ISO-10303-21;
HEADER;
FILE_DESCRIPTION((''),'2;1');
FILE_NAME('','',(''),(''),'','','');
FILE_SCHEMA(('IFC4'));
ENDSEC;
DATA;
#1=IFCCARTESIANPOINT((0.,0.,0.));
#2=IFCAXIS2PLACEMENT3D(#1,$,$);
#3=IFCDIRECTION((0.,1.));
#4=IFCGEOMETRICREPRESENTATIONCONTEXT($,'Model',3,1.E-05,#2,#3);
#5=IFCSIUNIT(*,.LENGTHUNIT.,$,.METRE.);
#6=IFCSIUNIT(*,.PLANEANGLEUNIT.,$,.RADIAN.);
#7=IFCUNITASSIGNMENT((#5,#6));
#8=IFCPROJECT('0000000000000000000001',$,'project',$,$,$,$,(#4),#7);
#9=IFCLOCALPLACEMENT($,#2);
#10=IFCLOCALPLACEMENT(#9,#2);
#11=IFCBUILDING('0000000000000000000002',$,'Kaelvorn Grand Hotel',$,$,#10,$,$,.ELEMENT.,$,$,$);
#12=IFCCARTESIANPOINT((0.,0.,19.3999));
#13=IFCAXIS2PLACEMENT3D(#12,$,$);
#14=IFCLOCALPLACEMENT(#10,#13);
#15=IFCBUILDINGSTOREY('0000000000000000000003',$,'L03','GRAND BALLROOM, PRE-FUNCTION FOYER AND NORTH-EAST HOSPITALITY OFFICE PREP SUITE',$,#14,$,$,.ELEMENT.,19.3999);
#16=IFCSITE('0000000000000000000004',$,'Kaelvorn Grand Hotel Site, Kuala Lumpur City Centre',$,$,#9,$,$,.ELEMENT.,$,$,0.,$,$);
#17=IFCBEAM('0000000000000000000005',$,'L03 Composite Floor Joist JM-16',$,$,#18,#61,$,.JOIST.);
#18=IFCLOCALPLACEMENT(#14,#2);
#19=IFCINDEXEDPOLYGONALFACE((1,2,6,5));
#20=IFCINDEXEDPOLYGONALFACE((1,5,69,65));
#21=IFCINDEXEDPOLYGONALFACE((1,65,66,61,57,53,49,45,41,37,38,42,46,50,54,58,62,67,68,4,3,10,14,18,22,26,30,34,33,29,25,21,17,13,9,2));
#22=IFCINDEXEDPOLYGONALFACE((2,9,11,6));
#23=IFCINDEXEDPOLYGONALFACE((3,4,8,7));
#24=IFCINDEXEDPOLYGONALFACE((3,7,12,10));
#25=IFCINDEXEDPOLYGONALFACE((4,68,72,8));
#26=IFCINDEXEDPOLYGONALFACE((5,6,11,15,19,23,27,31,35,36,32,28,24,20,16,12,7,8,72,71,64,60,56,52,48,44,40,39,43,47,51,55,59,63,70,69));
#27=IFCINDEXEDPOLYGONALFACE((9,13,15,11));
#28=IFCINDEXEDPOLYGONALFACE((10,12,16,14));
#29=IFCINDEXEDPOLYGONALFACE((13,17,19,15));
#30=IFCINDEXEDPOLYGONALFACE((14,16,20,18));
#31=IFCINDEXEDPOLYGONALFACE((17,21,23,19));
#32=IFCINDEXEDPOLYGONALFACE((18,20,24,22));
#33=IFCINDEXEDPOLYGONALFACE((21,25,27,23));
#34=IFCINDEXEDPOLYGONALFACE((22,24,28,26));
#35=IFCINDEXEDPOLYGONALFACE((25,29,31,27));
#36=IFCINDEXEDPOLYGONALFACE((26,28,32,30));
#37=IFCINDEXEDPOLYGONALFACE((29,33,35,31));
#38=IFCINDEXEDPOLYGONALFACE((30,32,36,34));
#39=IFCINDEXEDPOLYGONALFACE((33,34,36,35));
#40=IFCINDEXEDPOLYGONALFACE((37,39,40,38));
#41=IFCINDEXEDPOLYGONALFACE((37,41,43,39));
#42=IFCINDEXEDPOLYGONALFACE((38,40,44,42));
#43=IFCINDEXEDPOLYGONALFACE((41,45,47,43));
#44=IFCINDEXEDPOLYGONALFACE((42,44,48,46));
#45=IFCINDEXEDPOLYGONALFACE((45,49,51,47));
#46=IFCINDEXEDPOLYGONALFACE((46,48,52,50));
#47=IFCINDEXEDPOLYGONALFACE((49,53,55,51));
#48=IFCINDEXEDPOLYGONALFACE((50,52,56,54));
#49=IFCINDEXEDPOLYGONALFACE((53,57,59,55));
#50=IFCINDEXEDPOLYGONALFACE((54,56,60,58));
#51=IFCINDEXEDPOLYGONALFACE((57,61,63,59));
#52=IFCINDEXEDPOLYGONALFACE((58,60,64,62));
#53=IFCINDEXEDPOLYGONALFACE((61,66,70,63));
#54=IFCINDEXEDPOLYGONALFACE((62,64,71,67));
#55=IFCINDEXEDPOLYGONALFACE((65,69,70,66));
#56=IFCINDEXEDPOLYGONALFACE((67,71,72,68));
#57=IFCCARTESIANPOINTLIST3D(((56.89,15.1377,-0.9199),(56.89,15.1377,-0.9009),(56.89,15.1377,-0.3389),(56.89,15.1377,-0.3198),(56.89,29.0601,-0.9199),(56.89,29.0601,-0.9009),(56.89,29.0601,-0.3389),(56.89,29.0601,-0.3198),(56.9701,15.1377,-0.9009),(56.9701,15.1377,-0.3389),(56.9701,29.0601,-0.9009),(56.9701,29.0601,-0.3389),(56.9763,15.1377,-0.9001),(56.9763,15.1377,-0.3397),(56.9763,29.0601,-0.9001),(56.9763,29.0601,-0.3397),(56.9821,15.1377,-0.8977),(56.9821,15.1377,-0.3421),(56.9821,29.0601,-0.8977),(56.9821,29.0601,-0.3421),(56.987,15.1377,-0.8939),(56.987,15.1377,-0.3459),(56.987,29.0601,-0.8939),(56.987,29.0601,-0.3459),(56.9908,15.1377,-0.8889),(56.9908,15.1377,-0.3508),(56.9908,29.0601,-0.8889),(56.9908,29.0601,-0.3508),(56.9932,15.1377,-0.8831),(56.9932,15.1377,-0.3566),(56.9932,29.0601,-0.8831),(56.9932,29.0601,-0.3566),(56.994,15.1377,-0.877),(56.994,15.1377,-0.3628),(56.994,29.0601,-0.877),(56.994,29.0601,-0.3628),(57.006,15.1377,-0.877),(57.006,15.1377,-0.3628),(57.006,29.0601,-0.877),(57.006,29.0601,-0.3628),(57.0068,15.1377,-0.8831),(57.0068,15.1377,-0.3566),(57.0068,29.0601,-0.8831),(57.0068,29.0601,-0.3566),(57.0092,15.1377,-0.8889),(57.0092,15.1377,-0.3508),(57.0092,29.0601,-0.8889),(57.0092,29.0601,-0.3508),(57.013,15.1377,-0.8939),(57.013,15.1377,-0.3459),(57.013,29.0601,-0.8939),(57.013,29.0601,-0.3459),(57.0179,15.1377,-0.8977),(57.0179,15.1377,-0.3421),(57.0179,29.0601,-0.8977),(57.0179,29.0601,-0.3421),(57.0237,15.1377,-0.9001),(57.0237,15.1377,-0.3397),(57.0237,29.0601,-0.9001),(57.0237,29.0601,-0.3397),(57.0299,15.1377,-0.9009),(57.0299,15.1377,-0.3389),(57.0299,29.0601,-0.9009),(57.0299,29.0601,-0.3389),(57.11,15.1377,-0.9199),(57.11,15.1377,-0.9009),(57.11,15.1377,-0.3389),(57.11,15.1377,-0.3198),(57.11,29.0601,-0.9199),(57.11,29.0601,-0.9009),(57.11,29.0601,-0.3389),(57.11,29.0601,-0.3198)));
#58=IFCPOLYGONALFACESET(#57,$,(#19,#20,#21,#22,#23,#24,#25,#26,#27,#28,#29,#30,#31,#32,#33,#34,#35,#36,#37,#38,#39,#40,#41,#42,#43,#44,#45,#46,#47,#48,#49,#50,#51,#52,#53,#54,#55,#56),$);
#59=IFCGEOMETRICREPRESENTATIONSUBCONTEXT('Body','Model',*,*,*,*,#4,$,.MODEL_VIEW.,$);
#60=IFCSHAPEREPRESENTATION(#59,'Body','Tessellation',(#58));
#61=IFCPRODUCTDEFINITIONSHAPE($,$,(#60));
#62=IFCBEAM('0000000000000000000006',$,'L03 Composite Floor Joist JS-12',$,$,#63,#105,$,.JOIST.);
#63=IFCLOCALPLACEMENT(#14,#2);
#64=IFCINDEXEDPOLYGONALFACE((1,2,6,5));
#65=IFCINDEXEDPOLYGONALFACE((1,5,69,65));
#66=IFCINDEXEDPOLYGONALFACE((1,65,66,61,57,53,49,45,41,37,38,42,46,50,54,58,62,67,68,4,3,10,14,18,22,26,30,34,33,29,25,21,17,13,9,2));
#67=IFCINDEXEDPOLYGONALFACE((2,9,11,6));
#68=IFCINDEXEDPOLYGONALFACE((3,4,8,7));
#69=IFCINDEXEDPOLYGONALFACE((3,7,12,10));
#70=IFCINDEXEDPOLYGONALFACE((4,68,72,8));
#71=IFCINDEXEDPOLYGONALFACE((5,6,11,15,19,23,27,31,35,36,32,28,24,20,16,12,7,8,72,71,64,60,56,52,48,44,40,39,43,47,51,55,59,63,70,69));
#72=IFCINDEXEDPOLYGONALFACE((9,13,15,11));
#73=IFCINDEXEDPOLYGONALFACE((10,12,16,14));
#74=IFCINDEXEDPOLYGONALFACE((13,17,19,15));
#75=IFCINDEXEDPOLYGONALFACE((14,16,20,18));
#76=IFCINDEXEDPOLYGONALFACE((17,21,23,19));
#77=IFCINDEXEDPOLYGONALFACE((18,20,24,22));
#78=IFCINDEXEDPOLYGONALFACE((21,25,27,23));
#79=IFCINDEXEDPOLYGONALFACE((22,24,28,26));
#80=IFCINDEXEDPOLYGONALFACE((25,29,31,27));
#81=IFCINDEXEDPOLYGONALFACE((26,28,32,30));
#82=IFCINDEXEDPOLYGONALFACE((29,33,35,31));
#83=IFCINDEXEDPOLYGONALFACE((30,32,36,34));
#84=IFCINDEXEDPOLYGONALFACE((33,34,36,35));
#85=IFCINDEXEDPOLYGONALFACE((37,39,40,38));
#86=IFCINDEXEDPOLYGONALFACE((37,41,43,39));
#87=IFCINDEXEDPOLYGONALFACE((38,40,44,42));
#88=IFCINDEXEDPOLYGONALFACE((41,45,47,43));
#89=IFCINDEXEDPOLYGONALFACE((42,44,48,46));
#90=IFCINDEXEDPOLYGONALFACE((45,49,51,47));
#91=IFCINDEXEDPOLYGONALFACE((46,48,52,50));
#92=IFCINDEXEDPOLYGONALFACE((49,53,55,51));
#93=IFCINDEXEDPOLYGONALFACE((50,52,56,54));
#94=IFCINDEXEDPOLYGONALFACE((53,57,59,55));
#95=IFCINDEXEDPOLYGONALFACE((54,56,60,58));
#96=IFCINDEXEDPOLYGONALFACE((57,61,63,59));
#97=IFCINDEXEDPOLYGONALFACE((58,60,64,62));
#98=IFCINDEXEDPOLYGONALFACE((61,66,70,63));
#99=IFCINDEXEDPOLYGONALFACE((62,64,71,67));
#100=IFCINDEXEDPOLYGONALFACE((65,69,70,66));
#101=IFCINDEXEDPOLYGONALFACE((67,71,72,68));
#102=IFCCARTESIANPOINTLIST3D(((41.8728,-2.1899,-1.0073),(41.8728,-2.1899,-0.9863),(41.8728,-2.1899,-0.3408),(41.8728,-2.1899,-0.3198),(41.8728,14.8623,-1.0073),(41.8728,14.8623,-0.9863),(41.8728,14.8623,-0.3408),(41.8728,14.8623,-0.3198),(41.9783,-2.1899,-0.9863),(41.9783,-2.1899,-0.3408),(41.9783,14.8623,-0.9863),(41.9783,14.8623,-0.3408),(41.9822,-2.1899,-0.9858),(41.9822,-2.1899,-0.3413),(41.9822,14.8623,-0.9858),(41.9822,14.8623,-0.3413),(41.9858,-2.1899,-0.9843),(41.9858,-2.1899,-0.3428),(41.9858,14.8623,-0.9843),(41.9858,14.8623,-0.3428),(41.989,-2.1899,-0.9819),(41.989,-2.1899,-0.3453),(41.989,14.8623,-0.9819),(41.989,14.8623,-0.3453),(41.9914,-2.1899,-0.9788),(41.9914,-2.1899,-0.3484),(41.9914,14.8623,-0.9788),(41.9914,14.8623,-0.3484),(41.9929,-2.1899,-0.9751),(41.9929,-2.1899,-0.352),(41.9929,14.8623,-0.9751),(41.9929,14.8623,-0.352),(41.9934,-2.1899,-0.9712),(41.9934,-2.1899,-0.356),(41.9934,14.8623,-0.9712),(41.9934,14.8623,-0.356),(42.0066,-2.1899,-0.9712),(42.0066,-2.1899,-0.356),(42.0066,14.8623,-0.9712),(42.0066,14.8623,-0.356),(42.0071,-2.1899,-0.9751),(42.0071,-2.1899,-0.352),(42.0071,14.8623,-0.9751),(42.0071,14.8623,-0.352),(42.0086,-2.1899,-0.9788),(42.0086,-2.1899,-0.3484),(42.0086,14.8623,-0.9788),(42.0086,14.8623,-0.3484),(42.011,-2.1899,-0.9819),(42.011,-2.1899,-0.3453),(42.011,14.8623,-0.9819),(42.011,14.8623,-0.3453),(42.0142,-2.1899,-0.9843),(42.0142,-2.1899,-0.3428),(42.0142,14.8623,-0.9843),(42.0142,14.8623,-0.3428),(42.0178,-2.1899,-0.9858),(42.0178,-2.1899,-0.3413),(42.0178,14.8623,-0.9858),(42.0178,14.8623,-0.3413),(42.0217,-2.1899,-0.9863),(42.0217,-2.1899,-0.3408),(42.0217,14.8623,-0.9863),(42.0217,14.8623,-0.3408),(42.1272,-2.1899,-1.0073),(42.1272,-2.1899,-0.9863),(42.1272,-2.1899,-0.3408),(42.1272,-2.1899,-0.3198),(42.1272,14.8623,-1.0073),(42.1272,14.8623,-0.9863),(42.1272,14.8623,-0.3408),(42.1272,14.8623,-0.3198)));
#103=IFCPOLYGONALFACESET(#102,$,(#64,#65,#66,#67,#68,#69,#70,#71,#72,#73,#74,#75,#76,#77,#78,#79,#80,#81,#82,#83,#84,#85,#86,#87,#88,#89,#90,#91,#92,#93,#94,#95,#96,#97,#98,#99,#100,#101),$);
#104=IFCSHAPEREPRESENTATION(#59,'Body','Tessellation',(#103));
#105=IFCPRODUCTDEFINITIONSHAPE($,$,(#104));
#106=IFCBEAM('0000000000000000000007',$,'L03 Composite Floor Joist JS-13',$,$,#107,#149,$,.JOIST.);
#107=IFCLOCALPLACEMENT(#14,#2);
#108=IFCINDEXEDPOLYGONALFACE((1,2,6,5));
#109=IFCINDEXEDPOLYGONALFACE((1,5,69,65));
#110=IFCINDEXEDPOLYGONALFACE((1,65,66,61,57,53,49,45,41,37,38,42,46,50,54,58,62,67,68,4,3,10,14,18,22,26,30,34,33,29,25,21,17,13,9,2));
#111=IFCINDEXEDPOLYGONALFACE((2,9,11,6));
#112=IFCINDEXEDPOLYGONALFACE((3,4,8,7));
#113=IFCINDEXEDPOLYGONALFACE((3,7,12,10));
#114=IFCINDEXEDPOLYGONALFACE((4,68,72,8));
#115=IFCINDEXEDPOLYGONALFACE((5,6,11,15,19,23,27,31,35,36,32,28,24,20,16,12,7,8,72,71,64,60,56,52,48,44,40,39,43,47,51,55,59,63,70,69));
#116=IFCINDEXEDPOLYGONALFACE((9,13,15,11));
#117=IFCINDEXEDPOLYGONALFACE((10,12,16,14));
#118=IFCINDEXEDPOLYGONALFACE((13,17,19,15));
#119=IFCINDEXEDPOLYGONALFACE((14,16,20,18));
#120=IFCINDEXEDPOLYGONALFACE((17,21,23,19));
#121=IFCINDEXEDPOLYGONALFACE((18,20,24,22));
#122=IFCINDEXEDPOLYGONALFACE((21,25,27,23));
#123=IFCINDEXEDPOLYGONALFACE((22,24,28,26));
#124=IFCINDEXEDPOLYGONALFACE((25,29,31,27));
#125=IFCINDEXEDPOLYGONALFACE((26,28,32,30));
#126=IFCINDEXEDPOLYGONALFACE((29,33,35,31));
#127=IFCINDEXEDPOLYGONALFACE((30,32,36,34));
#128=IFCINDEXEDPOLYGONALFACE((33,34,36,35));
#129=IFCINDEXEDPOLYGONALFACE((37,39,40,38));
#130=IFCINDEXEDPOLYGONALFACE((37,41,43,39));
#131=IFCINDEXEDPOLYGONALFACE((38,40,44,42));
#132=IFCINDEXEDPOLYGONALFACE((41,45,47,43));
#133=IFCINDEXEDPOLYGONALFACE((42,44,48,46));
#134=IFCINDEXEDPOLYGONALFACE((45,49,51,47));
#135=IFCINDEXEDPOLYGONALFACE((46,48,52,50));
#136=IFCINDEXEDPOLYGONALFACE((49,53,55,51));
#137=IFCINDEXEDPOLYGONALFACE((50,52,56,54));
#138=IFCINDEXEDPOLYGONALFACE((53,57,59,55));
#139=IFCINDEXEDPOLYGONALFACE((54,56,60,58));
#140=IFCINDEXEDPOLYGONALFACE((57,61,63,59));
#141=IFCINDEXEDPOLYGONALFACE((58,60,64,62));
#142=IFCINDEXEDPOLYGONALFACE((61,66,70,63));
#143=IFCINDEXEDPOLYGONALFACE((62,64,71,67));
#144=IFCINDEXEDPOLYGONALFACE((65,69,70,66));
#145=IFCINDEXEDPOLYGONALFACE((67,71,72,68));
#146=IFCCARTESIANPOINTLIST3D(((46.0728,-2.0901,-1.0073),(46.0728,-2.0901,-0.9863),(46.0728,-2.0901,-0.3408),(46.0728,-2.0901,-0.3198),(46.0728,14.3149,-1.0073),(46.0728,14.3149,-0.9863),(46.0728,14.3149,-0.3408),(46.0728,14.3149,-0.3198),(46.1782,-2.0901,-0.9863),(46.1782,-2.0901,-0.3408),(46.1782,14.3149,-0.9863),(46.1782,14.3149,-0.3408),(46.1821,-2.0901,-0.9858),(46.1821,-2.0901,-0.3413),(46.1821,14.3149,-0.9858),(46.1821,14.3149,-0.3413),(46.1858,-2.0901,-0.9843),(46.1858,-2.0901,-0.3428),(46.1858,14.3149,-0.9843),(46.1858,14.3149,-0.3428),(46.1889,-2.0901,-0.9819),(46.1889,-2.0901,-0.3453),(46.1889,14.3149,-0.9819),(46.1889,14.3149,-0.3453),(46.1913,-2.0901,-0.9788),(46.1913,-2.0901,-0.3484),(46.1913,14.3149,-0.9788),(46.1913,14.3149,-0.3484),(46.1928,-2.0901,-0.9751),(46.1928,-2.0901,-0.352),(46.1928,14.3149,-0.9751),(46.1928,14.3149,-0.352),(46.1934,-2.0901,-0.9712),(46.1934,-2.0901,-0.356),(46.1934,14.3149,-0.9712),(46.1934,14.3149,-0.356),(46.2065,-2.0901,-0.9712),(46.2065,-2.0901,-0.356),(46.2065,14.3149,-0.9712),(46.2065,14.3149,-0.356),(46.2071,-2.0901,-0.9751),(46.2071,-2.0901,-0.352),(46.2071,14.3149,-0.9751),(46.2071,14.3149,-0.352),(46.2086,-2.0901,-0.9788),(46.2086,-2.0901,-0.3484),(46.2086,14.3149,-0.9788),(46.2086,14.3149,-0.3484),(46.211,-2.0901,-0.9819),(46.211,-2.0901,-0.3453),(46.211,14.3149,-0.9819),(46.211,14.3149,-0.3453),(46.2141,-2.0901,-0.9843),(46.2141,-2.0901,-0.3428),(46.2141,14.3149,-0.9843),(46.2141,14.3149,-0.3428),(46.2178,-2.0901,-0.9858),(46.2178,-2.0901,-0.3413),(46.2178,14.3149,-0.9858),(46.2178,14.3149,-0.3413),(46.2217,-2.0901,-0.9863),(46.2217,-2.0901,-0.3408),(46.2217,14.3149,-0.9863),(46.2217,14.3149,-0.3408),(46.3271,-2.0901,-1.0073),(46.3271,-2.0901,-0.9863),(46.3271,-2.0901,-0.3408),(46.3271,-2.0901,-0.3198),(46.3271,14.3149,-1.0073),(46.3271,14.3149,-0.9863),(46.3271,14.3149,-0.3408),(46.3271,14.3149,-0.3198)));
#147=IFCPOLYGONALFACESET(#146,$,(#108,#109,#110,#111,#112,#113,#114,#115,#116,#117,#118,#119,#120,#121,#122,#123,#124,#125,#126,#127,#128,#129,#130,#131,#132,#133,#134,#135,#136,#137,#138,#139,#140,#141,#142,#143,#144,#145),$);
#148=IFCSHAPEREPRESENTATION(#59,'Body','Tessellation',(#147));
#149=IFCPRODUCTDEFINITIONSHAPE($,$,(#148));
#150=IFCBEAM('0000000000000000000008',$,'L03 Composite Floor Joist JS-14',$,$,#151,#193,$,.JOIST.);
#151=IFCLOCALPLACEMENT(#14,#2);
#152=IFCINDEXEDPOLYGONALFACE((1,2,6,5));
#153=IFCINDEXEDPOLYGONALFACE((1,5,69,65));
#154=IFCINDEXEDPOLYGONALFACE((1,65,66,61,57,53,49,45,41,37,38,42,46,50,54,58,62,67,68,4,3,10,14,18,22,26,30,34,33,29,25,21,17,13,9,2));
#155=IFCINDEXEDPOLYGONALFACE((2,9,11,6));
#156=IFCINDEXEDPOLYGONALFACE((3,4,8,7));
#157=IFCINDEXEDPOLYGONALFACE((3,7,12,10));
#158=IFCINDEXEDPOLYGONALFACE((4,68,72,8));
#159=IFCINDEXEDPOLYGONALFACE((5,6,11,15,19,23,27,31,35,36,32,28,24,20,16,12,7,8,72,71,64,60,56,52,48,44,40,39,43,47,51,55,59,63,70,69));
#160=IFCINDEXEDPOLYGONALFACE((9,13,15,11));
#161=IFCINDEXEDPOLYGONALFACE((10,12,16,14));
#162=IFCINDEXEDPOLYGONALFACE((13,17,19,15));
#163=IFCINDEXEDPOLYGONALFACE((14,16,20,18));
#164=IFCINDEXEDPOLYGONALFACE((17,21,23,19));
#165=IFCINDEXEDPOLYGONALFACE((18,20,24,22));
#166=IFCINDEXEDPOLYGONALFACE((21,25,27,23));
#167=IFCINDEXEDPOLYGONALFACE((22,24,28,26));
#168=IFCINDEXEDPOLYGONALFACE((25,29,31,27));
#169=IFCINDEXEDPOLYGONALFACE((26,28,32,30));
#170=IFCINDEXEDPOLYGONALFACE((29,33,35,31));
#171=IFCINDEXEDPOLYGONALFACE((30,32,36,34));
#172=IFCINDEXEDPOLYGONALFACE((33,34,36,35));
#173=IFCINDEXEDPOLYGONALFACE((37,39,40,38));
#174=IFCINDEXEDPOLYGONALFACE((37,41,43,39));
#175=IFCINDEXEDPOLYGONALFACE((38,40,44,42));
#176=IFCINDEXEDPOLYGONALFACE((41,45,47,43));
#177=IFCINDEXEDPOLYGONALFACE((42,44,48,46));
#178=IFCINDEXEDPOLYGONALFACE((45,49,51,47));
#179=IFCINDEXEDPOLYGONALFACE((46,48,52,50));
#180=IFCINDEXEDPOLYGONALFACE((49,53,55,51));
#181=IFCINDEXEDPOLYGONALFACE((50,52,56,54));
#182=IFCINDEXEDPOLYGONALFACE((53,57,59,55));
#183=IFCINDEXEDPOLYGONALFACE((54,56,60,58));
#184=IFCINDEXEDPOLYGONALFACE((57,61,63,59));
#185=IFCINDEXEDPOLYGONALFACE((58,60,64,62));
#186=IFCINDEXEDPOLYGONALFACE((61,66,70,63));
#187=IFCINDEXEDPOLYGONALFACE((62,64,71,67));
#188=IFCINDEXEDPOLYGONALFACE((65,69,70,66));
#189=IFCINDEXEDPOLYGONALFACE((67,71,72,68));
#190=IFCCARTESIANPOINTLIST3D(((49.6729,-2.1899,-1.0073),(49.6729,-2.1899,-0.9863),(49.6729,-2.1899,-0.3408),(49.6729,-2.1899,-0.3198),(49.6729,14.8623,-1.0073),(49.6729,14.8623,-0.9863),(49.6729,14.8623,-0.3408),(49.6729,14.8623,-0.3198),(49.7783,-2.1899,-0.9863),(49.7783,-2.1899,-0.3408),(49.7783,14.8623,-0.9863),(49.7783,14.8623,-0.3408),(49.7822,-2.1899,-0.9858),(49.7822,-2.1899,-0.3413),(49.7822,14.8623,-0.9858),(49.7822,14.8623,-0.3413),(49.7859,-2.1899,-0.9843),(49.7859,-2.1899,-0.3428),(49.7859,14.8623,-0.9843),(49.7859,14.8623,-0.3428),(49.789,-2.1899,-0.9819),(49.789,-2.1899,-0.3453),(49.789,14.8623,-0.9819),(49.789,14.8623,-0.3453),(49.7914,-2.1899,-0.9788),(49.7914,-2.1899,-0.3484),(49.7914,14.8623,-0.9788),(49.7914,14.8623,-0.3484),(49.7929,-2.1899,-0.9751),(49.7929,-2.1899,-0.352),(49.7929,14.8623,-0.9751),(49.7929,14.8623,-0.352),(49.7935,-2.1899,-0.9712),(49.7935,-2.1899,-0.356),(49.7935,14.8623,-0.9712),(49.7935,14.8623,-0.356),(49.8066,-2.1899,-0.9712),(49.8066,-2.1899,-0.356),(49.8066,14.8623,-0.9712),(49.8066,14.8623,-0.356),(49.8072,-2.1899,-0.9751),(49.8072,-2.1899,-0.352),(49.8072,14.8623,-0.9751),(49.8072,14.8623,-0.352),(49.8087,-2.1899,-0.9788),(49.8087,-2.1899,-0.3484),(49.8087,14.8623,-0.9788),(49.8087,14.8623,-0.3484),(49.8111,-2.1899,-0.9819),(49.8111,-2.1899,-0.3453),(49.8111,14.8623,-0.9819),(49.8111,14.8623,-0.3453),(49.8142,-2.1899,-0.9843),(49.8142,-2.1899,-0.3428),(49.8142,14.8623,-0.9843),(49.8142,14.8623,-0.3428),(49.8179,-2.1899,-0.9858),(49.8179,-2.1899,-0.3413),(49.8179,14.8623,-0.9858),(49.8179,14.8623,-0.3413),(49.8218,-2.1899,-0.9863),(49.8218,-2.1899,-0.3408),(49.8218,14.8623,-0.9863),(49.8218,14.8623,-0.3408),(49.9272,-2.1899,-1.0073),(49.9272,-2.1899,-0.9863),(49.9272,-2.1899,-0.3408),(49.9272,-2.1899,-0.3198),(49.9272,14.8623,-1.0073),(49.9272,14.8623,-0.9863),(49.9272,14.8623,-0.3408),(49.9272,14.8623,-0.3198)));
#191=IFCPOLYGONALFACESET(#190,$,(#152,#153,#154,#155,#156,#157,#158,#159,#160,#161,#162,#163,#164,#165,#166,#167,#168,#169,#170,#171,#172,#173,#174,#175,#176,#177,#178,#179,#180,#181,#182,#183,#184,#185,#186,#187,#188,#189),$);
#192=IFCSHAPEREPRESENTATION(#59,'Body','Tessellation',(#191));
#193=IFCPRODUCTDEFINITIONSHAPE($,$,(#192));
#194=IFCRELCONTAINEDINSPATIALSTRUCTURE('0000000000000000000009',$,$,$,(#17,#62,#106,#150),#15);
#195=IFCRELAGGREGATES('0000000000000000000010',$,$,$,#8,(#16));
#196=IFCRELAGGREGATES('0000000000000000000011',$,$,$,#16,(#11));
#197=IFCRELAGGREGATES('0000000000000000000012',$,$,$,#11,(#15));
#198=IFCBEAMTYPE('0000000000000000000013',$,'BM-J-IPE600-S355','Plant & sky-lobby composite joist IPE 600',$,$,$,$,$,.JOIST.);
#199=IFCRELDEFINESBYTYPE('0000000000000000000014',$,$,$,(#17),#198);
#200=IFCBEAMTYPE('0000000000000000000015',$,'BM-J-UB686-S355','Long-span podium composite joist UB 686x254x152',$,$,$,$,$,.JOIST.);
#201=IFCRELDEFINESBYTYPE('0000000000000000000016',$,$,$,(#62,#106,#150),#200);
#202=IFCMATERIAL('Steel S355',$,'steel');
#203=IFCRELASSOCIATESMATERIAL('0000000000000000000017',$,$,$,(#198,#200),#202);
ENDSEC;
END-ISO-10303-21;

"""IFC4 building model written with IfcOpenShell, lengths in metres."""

from ifc_helpers import new_model, si_unit, direction, frame, origin, origin_2d, place, context, subcontext, project, spatial, i_section, extrude, material, material_profile, profile_set, type_object, element, save


model = new_model("IFC4")

# Units and contexts
model_context = context("Model", 3, precision=1e-05, world=origin(), true_north=direction((0.0, 1.0)))
body_context = subcontext(model_context, "Body", "Model", "MODEL_VIEW")
ifc_project = project(units=[si_unit("LENGTHUNIT", "METRE"), si_unit("PLANEANGLEUNIT", "RADIAN")], contexts=[model_context])

# Site, building, storey
site_placement = place(None, origin())
site = spatial("IfcSite", under=ifc_project, at=site_placement, Name="Kaelvorn Grand Hotel Site, Kuala Lumpur City Centre", CompositionType="ELEMENT", RefElevation=0.0)
building_placement = place(site_placement, origin())
building = spatial("IfcBuilding", under=site, at=building_placement, Name="Kaelvorn Grand Hotel", CompositionType="ELEMENT")
storey_placement = place(building_placement, frame((0.0, 0.0, 19.3999)))
storey = spatial("IfcBuildingStorey", under=building, at=storey_placement, Name="L03", Description="GRAND BALLROOM, PRE-FUNCTION FOYER AND NORTH-EAST HOSPITALITY OFFICE PREP SUITE", CompositionType="ELEMENT", Elevation=19.3999)

# Beams
ifc_material_1 = material(Name="Steel S355", Category="steel")
ifc_material_profile_1 = material_profile(ifc_material_1, i_section(OverallWidth=0.22, OverallDepth=0.6001, WebThickness=0.012, FlangeThickness=0.019, FilletRadius=0.0239, at=origin_2d()), Name="IPE 600")
ifc_profile_set_1 = profile_set([ifc_material_profile_1], Name="Steel S355")
beam_type_1 = type_object("IfcBeamType", Name="BM-J-IPE600-S355", Description="Plant & sky-lobby composite joist IPE 600", PredefinedType="JOIST", material=ifc_profile_set_1)
beam_1_placement = place(storey_placement, frame((57.0, 15.1377, -0.6199), z_axis=(0.0, 1.0, 0.0), x_axis=(-1.0, 0.0, 0.0)))
element("IfcBeam", 1, at=beam_1_placement, inside=storey, type_object=beam_type_1, Name="L03 Composite Floor Joist JM-16", PredefinedType="JOIST", context=body_context, shape_type="SweptSolid", body=[
    extrude(i_section(OverallWidth=0.22, OverallDepth=0.6001, WebThickness=0.012, FlangeThickness=0.019, FilletRadius=0.0239, at=origin_2d()), origin(), (0.0, 0.0, 1.0), 13.9224),
])
ifc_material_profile_2 = material_profile(ifc_material_1, i_section(OverallWidth=0.2544, OverallDepth=0.6875, WebThickness=0.0132, FlangeThickness=0.021, FilletRadius=0.0151, at=origin_2d()), Name="UB 686x254x152")
ifc_profile_set_2 = profile_set([ifc_material_profile_2], Name="Steel S355")
beam_type_2 = type_object("IfcBeamType", Name="BM-J-UB686-S355", Description="Long-span podium composite joist UB 686x254x152", PredefinedType="JOIST", material=ifc_profile_set_2)
beam_2_placement = place(storey_placement, frame((42.0, -2.1899, -0.6636), z_axis=(0.0, 1.0, 0.0), x_axis=(-1.0, 0.0, 0.0)))
element("IfcBeam", 2, at=beam_2_placement, inside=storey, type_object=beam_type_2, Name="L03 Composite Floor Joist JS-12", PredefinedType="JOIST", context=body_context, shape_type="SweptSolid", body=[
    extrude(i_section(OverallWidth=0.2544, OverallDepth=0.6875, WebThickness=0.0132, FlangeThickness=0.021, FilletRadius=0.0151, at=origin_2d()), origin(), (0.0, 0.0, 1.0), 17.0522),
])
beam_3_placement = place(storey_placement, frame((46.2, -2.0901, -0.6636), z_axis=(0.0, 1.0, 0.0), x_axis=(-1.0, 0.0, 0.0)))
element("IfcBeam", 3, at=beam_3_placement, inside=storey, type_object=beam_type_2, Name="L03 Composite Floor Joist JS-13", PredefinedType="JOIST", context=body_context, shape_type="SweptSolid", body=[
    extrude(i_section(OverallWidth=0.2544, OverallDepth=0.6875, WebThickness=0.0132, FlangeThickness=0.021, FilletRadius=0.0151, at=origin_2d()), origin(), (0.0, 0.0, 1.0), 16.405),
])
for number, where, z_axis, x_axis, name in (
    (4, (49.8, -2.1899, -0.6636), (0.0, 1.0, 0.0), (-1.0, 0.0, 0.0), "L03 Composite Floor Joist JS-14"),
):
    element("IfcBeam", number, at=place(storey_placement, frame(where, z_axis=z_axis, x_axis=x_axis)), inside=storey, type_object=beam_type_2, Name=name, PredefinedType="JOIST", context=body_context, shape_type="SweptSolid", body=[
        extrude(i_section(OverallWidth=0.2544, OverallDepth=0.6875, WebThickness=0.0132, FlangeThickness=0.021, FilletRadius=0.0151, at=origin_2d()), origin(), (0.0, 0.0, 1.0), 17.0522),
    ])

save(model, "model.ifc")
